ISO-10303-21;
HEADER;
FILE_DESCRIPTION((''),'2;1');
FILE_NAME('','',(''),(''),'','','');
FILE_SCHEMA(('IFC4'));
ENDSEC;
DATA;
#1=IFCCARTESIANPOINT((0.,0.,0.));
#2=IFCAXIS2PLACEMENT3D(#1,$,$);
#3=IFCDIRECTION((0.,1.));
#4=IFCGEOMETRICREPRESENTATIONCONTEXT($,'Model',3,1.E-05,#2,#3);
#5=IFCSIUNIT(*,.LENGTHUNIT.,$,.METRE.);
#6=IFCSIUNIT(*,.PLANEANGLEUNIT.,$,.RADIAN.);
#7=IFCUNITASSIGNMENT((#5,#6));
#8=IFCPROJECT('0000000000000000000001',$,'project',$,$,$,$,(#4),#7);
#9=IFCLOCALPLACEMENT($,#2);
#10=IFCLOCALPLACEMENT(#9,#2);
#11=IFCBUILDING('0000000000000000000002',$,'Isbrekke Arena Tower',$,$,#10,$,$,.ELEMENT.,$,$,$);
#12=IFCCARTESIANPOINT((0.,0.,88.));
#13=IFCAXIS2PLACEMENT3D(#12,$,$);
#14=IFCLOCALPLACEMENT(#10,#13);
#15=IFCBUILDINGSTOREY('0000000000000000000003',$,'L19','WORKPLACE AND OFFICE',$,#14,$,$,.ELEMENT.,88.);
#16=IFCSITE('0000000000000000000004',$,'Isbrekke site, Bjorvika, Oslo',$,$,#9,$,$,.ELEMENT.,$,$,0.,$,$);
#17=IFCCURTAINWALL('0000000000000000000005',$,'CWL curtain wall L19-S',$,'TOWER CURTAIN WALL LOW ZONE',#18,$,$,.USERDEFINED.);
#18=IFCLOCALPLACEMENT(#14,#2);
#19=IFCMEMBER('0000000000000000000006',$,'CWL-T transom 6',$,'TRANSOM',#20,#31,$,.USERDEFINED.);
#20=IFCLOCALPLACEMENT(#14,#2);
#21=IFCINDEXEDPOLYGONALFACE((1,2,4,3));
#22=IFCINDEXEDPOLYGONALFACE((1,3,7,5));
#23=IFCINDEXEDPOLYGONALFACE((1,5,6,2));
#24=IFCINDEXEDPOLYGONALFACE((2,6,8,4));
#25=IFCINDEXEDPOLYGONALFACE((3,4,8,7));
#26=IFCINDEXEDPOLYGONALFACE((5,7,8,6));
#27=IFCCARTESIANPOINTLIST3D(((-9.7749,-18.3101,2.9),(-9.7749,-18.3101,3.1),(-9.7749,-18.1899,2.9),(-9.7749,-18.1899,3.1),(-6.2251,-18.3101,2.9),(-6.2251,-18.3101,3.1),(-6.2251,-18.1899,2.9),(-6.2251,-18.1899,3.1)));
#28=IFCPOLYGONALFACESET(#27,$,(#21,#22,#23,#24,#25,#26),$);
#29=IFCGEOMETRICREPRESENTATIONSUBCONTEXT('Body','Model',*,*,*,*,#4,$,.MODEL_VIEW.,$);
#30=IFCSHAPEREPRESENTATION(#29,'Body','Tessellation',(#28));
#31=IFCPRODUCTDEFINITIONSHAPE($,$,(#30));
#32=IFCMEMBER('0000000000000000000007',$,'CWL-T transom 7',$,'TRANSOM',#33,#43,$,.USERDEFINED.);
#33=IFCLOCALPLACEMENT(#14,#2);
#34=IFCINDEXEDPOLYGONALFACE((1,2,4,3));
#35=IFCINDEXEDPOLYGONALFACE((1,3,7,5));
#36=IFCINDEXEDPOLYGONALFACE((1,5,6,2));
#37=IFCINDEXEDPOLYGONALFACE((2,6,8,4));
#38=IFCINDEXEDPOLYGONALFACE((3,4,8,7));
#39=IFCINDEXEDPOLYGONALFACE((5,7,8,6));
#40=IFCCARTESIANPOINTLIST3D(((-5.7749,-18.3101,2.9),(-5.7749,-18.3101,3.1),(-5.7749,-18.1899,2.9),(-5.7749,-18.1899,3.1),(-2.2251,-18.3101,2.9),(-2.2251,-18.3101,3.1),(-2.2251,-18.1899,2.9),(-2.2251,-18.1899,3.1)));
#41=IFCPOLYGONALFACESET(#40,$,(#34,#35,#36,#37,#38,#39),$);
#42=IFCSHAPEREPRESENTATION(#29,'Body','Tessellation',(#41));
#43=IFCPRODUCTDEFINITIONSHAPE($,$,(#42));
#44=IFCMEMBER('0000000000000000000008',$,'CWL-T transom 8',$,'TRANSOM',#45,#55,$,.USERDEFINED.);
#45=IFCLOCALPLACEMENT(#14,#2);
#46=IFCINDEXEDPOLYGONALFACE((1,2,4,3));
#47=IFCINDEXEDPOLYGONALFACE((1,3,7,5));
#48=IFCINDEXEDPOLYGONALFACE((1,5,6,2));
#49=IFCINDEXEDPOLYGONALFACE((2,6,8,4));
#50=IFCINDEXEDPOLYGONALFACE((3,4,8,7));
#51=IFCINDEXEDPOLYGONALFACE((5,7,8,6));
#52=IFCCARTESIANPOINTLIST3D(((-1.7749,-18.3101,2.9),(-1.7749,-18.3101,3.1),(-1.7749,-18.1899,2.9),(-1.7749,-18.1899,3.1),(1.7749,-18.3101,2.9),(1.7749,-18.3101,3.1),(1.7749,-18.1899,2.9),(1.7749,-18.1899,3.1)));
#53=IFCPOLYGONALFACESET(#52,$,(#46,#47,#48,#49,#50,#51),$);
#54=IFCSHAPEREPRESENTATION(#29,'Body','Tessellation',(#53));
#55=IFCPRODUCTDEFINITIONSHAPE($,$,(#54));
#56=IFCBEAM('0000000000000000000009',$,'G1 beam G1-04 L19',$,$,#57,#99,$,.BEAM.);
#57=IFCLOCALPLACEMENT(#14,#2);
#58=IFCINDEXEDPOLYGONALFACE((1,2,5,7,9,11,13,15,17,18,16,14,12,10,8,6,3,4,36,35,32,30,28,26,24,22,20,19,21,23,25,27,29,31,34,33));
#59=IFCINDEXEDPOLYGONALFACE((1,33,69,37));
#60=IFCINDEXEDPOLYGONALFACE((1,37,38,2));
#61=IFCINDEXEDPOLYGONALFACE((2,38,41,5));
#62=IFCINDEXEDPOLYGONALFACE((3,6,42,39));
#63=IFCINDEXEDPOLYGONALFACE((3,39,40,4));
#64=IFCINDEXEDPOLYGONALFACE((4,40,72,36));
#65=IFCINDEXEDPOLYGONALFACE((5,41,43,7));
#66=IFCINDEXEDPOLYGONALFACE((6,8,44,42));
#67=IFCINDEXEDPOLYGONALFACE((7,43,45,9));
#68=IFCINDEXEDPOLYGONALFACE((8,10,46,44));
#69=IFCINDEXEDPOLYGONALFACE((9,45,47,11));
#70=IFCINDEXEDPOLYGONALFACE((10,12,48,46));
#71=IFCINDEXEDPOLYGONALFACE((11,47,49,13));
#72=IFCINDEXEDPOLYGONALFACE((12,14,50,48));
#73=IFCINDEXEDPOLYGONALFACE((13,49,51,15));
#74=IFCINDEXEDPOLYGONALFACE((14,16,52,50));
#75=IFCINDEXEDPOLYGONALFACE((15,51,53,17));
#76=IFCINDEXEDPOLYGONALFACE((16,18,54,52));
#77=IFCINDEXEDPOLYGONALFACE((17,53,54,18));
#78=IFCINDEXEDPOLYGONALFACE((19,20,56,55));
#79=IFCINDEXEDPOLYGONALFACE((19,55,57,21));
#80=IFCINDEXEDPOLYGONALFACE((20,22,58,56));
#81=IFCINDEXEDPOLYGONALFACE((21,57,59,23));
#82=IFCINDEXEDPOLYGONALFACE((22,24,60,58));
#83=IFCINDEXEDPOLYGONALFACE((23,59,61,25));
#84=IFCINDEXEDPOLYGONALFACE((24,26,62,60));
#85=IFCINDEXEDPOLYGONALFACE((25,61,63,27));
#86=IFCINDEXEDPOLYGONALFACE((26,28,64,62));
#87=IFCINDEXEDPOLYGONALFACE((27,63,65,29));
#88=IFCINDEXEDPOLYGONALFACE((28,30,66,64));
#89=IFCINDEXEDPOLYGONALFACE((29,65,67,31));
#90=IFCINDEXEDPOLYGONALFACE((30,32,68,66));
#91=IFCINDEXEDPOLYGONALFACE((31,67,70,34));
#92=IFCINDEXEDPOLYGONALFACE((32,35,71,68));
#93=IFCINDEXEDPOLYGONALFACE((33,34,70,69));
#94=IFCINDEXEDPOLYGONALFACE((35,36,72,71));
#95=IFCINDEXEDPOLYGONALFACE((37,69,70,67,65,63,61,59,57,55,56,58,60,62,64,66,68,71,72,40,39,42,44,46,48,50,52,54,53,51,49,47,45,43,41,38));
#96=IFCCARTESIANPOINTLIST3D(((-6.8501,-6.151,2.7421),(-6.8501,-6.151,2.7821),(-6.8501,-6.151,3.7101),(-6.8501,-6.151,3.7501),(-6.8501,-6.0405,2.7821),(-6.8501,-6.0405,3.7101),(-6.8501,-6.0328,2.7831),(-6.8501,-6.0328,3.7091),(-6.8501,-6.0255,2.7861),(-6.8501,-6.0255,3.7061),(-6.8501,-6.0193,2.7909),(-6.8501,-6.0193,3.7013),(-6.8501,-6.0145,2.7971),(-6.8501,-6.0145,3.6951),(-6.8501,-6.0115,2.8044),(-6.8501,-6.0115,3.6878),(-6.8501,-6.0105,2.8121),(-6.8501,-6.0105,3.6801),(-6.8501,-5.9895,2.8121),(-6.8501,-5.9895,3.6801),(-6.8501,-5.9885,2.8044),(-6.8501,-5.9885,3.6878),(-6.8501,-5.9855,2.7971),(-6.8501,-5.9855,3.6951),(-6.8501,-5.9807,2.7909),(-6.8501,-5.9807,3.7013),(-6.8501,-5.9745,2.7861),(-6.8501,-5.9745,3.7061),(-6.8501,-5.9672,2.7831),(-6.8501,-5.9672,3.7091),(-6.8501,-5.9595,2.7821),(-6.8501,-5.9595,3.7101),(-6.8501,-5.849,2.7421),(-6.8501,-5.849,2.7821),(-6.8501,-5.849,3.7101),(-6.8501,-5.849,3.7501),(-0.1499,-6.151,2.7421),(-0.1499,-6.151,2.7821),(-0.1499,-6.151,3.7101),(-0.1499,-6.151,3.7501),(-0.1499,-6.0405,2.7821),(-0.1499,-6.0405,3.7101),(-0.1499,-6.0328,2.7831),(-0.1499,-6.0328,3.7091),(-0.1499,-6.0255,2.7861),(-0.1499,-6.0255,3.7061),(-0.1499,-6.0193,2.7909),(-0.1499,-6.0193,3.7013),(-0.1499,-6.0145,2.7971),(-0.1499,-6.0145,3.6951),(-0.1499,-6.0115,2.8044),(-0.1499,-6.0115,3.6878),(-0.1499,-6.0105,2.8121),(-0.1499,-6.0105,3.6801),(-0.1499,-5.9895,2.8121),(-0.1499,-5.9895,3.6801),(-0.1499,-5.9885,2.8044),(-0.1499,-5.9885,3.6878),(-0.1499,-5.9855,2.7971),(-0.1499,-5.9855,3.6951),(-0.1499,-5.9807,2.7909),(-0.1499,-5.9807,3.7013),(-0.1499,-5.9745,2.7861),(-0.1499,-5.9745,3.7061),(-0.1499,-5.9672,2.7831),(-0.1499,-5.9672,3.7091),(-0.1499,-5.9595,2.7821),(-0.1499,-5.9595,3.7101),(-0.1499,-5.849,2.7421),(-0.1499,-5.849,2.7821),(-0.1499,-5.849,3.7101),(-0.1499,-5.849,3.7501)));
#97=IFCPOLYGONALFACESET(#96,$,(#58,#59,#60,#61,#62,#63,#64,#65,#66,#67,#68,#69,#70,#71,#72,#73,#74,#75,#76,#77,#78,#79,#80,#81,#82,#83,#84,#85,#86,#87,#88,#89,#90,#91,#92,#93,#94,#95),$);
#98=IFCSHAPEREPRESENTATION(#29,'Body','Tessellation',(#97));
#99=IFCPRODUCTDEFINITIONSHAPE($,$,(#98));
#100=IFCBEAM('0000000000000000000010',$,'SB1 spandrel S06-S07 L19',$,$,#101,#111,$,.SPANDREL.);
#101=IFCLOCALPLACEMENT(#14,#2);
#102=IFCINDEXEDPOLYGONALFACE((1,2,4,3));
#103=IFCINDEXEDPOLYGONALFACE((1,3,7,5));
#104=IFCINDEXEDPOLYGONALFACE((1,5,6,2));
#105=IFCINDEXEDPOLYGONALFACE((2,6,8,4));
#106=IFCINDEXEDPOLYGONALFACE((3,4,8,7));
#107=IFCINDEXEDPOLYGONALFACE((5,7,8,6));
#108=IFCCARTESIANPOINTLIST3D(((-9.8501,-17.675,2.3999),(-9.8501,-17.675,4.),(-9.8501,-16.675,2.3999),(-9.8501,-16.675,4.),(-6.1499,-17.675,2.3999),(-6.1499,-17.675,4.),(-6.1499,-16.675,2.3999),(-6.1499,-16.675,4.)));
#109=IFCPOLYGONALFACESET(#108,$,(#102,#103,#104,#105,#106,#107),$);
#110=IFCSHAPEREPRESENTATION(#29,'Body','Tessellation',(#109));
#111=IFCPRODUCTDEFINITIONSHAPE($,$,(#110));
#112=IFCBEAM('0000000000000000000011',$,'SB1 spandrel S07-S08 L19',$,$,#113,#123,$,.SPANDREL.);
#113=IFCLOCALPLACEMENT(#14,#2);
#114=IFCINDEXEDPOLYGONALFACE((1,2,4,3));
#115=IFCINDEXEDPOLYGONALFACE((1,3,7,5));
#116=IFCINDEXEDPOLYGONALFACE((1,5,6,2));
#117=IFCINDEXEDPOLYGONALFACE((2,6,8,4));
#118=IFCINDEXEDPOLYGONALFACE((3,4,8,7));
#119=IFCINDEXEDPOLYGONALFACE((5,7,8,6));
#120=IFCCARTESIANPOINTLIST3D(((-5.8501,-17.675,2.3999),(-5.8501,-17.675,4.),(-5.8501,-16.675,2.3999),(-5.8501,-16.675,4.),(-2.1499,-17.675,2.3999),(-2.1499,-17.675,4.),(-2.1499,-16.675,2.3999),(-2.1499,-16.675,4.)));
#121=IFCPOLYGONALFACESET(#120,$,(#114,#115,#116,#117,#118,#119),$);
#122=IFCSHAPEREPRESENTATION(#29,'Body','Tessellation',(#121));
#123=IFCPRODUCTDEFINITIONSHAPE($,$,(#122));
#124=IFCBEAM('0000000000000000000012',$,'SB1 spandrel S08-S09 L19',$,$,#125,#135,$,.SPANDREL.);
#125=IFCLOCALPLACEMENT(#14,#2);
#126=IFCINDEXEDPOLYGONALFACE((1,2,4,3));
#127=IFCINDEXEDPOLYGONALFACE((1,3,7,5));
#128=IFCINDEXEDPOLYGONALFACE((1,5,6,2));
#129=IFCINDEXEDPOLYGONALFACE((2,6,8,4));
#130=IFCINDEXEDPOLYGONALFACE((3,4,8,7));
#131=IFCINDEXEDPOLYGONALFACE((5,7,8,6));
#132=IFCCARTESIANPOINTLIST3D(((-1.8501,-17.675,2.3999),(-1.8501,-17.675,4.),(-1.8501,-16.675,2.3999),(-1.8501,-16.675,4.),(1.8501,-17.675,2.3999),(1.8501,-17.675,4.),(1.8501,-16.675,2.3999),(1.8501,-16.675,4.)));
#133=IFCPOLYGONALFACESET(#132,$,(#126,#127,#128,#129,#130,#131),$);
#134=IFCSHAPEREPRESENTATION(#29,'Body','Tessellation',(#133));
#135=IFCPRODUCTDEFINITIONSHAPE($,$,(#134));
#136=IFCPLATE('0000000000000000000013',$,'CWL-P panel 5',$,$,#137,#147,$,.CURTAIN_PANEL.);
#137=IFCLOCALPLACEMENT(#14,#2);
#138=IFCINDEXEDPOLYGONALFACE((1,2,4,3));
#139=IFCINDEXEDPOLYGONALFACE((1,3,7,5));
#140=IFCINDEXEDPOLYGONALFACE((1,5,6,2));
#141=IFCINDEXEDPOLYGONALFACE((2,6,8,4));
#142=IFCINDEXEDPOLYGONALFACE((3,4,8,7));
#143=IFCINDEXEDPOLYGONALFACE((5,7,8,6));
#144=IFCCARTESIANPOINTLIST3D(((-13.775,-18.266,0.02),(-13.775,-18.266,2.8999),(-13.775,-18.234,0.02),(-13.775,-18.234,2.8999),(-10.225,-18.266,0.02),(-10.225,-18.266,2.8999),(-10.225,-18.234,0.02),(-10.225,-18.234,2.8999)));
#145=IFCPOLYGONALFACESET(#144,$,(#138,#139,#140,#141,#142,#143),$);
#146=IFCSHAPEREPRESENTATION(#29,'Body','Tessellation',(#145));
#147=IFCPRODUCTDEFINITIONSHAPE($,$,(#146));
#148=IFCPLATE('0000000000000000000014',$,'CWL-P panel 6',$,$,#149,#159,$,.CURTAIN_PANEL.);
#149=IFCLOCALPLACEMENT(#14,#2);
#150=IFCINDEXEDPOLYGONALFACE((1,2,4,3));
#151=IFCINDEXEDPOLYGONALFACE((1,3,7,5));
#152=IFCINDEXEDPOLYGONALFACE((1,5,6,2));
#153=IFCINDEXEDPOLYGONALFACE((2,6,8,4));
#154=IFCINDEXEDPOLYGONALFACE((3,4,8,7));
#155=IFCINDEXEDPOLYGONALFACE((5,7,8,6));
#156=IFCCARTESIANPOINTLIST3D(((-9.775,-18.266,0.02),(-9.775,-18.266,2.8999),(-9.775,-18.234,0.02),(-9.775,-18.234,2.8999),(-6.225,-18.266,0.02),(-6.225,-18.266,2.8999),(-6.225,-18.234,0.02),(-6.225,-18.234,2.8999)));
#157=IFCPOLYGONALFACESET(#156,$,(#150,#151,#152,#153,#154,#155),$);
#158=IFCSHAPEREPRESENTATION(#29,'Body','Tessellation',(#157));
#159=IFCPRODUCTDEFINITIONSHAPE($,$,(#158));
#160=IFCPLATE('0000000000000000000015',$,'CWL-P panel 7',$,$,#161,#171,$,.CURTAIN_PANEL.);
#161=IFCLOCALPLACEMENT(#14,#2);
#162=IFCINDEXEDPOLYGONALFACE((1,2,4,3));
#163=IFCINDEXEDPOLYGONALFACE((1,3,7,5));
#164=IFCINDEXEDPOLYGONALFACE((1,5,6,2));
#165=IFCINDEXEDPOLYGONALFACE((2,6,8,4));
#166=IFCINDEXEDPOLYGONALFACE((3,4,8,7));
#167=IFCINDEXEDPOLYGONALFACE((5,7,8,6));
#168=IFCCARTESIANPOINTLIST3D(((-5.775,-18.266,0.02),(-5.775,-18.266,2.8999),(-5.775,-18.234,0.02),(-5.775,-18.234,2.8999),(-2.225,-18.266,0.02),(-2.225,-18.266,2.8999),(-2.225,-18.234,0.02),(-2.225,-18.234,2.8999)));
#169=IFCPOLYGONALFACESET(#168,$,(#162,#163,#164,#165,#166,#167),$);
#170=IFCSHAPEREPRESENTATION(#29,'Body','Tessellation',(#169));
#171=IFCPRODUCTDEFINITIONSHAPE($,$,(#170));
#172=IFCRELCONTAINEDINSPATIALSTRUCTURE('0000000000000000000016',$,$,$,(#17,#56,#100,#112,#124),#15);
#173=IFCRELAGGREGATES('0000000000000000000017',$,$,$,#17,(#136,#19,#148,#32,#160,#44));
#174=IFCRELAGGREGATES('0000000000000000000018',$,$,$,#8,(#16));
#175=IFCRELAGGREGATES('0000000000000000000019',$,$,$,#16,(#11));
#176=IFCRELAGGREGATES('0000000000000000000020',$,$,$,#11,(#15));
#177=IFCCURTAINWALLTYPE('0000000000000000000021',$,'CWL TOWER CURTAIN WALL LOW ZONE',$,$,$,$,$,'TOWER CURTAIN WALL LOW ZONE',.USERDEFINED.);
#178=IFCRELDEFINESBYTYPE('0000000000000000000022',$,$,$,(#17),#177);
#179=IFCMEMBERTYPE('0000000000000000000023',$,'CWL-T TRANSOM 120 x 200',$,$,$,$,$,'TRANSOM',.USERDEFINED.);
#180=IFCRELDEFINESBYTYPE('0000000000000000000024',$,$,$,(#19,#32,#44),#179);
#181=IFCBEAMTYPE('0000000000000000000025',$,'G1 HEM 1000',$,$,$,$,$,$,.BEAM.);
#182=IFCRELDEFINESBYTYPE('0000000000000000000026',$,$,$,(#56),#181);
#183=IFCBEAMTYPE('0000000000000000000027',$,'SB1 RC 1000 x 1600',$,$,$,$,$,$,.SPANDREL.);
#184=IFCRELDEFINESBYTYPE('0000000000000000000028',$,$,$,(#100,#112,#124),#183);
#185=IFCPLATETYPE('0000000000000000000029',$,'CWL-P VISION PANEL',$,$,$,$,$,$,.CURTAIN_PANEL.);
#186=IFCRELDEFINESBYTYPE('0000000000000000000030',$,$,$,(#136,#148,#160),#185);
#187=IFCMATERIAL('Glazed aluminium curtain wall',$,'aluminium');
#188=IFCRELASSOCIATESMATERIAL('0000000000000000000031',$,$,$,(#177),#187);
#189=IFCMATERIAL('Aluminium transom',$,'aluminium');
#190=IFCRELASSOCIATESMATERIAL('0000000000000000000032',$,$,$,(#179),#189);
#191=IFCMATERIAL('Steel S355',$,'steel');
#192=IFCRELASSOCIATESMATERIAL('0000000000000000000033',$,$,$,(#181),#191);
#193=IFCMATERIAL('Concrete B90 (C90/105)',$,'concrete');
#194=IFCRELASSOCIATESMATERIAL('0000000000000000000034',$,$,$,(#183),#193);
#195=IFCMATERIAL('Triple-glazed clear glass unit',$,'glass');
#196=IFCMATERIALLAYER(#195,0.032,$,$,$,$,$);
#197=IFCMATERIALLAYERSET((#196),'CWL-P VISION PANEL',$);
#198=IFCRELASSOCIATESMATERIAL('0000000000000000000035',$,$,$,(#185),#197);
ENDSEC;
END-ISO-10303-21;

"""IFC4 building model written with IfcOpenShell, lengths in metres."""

from ifc_helpers import new_model, si_unit, direction, frame, origin, origin_2d, place, context, subcontext, project, spatial, rectangle, i_section, extrude, material, layer, layer_set, material_profile, profile_set, type_object, element, aggregate, save


model = new_model("IFC4")

# Units and contexts
model_context = context("Model", 3, precision=1e-05, world=origin(), true_north=direction((0.0, 1.0)))
body_context = subcontext(model_context, "Body", "Model", "MODEL_VIEW")
ifc_project = project(units=[si_unit("LENGTHUNIT", "METRE"), si_unit("PLANEANGLEUNIT", "RADIAN")], contexts=[model_context])

# Site, building, storey
site_placement = place(None, origin())
site = spatial("IfcSite", under=ifc_project, at=site_placement, Name="Isbrekke site, Bjorvika, Oslo", CompositionType="ELEMENT", RefElevation=0.0)
building_placement = place(site_placement, origin())
building = spatial("IfcBuilding", under=site, at=building_placement, Name="Isbrekke Arena Tower", CompositionType="ELEMENT")
storey_placement = place(building_placement, frame((0.0, 0.0, 88.0)))
storey = spatial("IfcBuildingStorey", under=building, at=storey_placement, Name="L19", Description="WORKPLACE AND OFFICE", CompositionType="ELEMENT", Elevation=88.0)

# Curtain wall, members
ifc_material_1 = material(Name="Glazed aluminium curtain wall", Category="aluminium")
curtain_wall_type = type_object("IfcCurtainWallType", Name="CWL TOWER CURTAIN WALL LOW ZONE", ElementType="TOWER CURTAIN WALL LOW ZONE", PredefinedType="USERDEFINED", material=ifc_material_1)
curtain_wall_placement = place(storey_placement, origin())
curtain_wall = element("IfcCurtainWall", 1, at=curtain_wall_placement, inside=storey, type_object=curtain_wall_type, Name="CWL curtain wall L19-S", ObjectType="TOWER CURTAIN WALL LOW ZONE", PredefinedType="USERDEFINED")
ifc_material_2 = material(Name="Aluminium transom", Category="aluminium")
ifc_material_profile_1 = material_profile(ifc_material_2, rectangle(XDim=0.1201, YDim=0.2, at=origin_2d()), Name="TRANSOM 120X200")
ifc_profile_set_1 = profile_set([ifc_material_profile_1], Name="Aluminium transom")
member_type_1 = type_object("IfcMemberType", Name="CWL-T TRANSOM 120 x 200", ElementType="TRANSOM", PredefinedType="USERDEFINED", material=ifc_profile_set_1)
member_1_placement = place(storey_placement, frame((-9.7749, -18.25, 3.0), z_axis=(1.0, 0.0, 0.0), x_axis=(0.0, 1.0, 0.0)))
member_1 = element("IfcMember", 2, at=member_1_placement, type_object=member_type_1, Name="CWL-T transom 6", ObjectType="TRANSOM", PredefinedType="USERDEFINED", context=body_context, shape_type="SweptSolid", body=[
    extrude(rectangle(XDim=0.1201, YDim=0.2, at=origin_2d()), origin(), (0.0, 0.0, 1.0), 3.5498),
])
member_2_placement = place(storey_placement, frame((-5.7749, -18.25, 3.0), z_axis=(1.0, 0.0, 0.0), x_axis=(0.0, 1.0, 0.0)))
member_2 = element("IfcMember", 3, at=member_2_placement, type_object=member_type_1, Name="CWL-T transom 7", ObjectType="TRANSOM", PredefinedType="USERDEFINED", context=body_context, shape_type="SweptSolid", body=[
    extrude(rectangle(XDim=0.1201, YDim=0.2, at=origin_2d()), origin(), (0.0, 0.0, 1.0), 3.5498),
])
member_3_placement = place(storey_placement, frame((-1.7749, -18.25, 3.0), z_axis=(1.0, 0.0, 0.0), x_axis=(0.0, 1.0, 0.0)))
member_3 = element("IfcMember", 4, at=member_3_placement, type_object=member_type_1, Name="CWL-T transom 8", ObjectType="TRANSOM", PredefinedType="USERDEFINED", context=body_context, shape_type="SweptSolid", body=[
    extrude(rectangle(XDim=0.1201, YDim=0.2, at=origin_2d()), origin(), (0.0, 0.0, 1.0), 3.5498),
])

# Beams
ifc_material_3 = material(Name="Steel S355", Category="steel")
ifc_material_profile_2 = material_profile(ifc_material_3, i_section(OverallWidth=0.302, OverallDepth=1.0081, WebThickness=0.021, FlangeThickness=0.04, FilletRadius=0.03, at=origin_2d()), Name="HEM 1000")
ifc_profile_set_2 = profile_set([ifc_material_profile_2], Name="Steel S355")
beam_type_1 = type_object("IfcBeamType", Name="G1 HEM 1000", PredefinedType="BEAM", material=ifc_profile_set_2)
beam_1_placement = place(storey_placement, frame((-6.8501, -6.0, 3.2461), z_axis=(1.0, 0.0, 0.0), x_axis=(0.0, 1.0, 0.0)))
element("IfcBeam", 5, at=beam_1_placement, inside=storey, type_object=beam_type_1, Name="G1 beam G1-04 L19", PredefinedType="BEAM", context=body_context, shape_type="SweptSolid", body=[
    extrude(i_section(OverallWidth=0.302, OverallDepth=1.0081, WebThickness=0.021, FlangeThickness=0.04, FilletRadius=0.03, at=origin_2d()), origin(), (0.0, 0.0, 1.0), 6.7002),
])
ifc_material_4 = material(Name="Concrete B90 (C90/105)", Category="concrete")
ifc_material_profile_3 = material_profile(ifc_material_4, rectangle(XDim=1.0, YDim=1.6001, at=origin_2d()), Name="RC 1000x1600")
ifc_profile_set_3 = profile_set([ifc_material_profile_3], Name="Concrete B90 (C90/105)")
beam_type_2 = type_object("IfcBeamType", Name="SB1 RC 1000 x 1600", PredefinedType="SPANDREL", material=ifc_profile_set_3)
for number, where, z_axis, x_axis, name in (
    (6, (-9.8501, -17.175, 3.2), (1.0, 0.0, 0.0), (0.0, 1.0, 0.0), "SB1 spandrel S06-S07 L19"),
    (7, (-5.8501, -17.175, 3.2), (1.0, 0.0, 0.0), (0.0, 1.0, 0.0), "SB1 spandrel S07-S08 L19"),
    (8, (-1.8501, -17.175, 3.2), (1.0, 0.0, 0.0), (0.0, 1.0, 0.0), "SB1 spandrel S08-S09 L19"),
):
    element("IfcBeam", number, at=place(storey_placement, frame(where, z_axis=z_axis, x_axis=x_axis)), inside=storey, type_object=beam_type_2, Name=name, PredefinedType="SPANDREL", context=body_context, shape_type="SweptSolid", body=[
        extrude(rectangle(XDim=1.0, YDim=1.6001, at=origin_2d()), origin(), (0.0, 0.0, 1.0), 3.7002),
    ])

# Plates
ifc_material_5 = material(Name="Triple-glazed clear glass unit", Category="glass")
ifc_layer_1 = layer(ifc_material_5, 0.032)
ifc_layer_set_1 = layer_set([ifc_layer_1], Name="CWL-P VISION PANEL")
plate_type = type_object("IfcPlateType", Name="CWL-P VISION PANEL", PredefinedType="CURTAIN_PANEL", material=ifc_layer_set_1)
plate_1_placement = place(storey_placement, frame((-12.0, -18.25, 0.02), z_axis=(0.0, 0.0, 1.0), x_axis=(1.0, 0.0, 0.0)))
plate_1 = element("IfcPlate", 9, at=plate_1_placement, type_object=plate_type, Name="CWL-P panel 5", PredefinedType="CURTAIN_PANEL", context=body_context, shape_type="SweptSolid", body=[
    extrude(rectangle(XDim=3.55, YDim=0.032, at=origin_2d()), origin(), (0.0, 0.0, 1.0), 2.8799),
])
plate_2_placement = place(storey_placement, frame((-8.0, -18.25, 0.02), z_axis=(0.0, 0.0, 1.0), x_axis=(1.0, 0.0, 0.0)))
plate_2 = element("IfcPlate", 10, at=plate_2_placement, type_object=plate_type, Name="CWL-P panel 6", PredefinedType="CURTAIN_PANEL", context=body_context, shape_type="SweptSolid", body=[
    extrude(rectangle(XDim=3.55, YDim=0.032, at=origin_2d()), origin(), (0.0, 0.0, 1.0), 2.8799),
])
plate_3_placement = place(storey_placement, frame((-4.0, -18.25, 0.02), z_axis=(0.0, 0.0, 1.0), x_axis=(1.0, 0.0, 0.0)))
plate_3 = element("IfcPlate", 11, at=plate_3_placement, type_object=plate_type, Name="CWL-P panel 7", PredefinedType="CURTAIN_PANEL", context=body_context, shape_type="SweptSolid", body=[
    extrude(rectangle(XDim=3.55, YDim=0.032, at=origin_2d()), origin(), (0.0, 0.0, 1.0), 2.8799),
])
aggregate(curtain_wall, [plate_1, member_1, plate_2, member_2, plate_3, member_3])

save(model, "model.ifc")
